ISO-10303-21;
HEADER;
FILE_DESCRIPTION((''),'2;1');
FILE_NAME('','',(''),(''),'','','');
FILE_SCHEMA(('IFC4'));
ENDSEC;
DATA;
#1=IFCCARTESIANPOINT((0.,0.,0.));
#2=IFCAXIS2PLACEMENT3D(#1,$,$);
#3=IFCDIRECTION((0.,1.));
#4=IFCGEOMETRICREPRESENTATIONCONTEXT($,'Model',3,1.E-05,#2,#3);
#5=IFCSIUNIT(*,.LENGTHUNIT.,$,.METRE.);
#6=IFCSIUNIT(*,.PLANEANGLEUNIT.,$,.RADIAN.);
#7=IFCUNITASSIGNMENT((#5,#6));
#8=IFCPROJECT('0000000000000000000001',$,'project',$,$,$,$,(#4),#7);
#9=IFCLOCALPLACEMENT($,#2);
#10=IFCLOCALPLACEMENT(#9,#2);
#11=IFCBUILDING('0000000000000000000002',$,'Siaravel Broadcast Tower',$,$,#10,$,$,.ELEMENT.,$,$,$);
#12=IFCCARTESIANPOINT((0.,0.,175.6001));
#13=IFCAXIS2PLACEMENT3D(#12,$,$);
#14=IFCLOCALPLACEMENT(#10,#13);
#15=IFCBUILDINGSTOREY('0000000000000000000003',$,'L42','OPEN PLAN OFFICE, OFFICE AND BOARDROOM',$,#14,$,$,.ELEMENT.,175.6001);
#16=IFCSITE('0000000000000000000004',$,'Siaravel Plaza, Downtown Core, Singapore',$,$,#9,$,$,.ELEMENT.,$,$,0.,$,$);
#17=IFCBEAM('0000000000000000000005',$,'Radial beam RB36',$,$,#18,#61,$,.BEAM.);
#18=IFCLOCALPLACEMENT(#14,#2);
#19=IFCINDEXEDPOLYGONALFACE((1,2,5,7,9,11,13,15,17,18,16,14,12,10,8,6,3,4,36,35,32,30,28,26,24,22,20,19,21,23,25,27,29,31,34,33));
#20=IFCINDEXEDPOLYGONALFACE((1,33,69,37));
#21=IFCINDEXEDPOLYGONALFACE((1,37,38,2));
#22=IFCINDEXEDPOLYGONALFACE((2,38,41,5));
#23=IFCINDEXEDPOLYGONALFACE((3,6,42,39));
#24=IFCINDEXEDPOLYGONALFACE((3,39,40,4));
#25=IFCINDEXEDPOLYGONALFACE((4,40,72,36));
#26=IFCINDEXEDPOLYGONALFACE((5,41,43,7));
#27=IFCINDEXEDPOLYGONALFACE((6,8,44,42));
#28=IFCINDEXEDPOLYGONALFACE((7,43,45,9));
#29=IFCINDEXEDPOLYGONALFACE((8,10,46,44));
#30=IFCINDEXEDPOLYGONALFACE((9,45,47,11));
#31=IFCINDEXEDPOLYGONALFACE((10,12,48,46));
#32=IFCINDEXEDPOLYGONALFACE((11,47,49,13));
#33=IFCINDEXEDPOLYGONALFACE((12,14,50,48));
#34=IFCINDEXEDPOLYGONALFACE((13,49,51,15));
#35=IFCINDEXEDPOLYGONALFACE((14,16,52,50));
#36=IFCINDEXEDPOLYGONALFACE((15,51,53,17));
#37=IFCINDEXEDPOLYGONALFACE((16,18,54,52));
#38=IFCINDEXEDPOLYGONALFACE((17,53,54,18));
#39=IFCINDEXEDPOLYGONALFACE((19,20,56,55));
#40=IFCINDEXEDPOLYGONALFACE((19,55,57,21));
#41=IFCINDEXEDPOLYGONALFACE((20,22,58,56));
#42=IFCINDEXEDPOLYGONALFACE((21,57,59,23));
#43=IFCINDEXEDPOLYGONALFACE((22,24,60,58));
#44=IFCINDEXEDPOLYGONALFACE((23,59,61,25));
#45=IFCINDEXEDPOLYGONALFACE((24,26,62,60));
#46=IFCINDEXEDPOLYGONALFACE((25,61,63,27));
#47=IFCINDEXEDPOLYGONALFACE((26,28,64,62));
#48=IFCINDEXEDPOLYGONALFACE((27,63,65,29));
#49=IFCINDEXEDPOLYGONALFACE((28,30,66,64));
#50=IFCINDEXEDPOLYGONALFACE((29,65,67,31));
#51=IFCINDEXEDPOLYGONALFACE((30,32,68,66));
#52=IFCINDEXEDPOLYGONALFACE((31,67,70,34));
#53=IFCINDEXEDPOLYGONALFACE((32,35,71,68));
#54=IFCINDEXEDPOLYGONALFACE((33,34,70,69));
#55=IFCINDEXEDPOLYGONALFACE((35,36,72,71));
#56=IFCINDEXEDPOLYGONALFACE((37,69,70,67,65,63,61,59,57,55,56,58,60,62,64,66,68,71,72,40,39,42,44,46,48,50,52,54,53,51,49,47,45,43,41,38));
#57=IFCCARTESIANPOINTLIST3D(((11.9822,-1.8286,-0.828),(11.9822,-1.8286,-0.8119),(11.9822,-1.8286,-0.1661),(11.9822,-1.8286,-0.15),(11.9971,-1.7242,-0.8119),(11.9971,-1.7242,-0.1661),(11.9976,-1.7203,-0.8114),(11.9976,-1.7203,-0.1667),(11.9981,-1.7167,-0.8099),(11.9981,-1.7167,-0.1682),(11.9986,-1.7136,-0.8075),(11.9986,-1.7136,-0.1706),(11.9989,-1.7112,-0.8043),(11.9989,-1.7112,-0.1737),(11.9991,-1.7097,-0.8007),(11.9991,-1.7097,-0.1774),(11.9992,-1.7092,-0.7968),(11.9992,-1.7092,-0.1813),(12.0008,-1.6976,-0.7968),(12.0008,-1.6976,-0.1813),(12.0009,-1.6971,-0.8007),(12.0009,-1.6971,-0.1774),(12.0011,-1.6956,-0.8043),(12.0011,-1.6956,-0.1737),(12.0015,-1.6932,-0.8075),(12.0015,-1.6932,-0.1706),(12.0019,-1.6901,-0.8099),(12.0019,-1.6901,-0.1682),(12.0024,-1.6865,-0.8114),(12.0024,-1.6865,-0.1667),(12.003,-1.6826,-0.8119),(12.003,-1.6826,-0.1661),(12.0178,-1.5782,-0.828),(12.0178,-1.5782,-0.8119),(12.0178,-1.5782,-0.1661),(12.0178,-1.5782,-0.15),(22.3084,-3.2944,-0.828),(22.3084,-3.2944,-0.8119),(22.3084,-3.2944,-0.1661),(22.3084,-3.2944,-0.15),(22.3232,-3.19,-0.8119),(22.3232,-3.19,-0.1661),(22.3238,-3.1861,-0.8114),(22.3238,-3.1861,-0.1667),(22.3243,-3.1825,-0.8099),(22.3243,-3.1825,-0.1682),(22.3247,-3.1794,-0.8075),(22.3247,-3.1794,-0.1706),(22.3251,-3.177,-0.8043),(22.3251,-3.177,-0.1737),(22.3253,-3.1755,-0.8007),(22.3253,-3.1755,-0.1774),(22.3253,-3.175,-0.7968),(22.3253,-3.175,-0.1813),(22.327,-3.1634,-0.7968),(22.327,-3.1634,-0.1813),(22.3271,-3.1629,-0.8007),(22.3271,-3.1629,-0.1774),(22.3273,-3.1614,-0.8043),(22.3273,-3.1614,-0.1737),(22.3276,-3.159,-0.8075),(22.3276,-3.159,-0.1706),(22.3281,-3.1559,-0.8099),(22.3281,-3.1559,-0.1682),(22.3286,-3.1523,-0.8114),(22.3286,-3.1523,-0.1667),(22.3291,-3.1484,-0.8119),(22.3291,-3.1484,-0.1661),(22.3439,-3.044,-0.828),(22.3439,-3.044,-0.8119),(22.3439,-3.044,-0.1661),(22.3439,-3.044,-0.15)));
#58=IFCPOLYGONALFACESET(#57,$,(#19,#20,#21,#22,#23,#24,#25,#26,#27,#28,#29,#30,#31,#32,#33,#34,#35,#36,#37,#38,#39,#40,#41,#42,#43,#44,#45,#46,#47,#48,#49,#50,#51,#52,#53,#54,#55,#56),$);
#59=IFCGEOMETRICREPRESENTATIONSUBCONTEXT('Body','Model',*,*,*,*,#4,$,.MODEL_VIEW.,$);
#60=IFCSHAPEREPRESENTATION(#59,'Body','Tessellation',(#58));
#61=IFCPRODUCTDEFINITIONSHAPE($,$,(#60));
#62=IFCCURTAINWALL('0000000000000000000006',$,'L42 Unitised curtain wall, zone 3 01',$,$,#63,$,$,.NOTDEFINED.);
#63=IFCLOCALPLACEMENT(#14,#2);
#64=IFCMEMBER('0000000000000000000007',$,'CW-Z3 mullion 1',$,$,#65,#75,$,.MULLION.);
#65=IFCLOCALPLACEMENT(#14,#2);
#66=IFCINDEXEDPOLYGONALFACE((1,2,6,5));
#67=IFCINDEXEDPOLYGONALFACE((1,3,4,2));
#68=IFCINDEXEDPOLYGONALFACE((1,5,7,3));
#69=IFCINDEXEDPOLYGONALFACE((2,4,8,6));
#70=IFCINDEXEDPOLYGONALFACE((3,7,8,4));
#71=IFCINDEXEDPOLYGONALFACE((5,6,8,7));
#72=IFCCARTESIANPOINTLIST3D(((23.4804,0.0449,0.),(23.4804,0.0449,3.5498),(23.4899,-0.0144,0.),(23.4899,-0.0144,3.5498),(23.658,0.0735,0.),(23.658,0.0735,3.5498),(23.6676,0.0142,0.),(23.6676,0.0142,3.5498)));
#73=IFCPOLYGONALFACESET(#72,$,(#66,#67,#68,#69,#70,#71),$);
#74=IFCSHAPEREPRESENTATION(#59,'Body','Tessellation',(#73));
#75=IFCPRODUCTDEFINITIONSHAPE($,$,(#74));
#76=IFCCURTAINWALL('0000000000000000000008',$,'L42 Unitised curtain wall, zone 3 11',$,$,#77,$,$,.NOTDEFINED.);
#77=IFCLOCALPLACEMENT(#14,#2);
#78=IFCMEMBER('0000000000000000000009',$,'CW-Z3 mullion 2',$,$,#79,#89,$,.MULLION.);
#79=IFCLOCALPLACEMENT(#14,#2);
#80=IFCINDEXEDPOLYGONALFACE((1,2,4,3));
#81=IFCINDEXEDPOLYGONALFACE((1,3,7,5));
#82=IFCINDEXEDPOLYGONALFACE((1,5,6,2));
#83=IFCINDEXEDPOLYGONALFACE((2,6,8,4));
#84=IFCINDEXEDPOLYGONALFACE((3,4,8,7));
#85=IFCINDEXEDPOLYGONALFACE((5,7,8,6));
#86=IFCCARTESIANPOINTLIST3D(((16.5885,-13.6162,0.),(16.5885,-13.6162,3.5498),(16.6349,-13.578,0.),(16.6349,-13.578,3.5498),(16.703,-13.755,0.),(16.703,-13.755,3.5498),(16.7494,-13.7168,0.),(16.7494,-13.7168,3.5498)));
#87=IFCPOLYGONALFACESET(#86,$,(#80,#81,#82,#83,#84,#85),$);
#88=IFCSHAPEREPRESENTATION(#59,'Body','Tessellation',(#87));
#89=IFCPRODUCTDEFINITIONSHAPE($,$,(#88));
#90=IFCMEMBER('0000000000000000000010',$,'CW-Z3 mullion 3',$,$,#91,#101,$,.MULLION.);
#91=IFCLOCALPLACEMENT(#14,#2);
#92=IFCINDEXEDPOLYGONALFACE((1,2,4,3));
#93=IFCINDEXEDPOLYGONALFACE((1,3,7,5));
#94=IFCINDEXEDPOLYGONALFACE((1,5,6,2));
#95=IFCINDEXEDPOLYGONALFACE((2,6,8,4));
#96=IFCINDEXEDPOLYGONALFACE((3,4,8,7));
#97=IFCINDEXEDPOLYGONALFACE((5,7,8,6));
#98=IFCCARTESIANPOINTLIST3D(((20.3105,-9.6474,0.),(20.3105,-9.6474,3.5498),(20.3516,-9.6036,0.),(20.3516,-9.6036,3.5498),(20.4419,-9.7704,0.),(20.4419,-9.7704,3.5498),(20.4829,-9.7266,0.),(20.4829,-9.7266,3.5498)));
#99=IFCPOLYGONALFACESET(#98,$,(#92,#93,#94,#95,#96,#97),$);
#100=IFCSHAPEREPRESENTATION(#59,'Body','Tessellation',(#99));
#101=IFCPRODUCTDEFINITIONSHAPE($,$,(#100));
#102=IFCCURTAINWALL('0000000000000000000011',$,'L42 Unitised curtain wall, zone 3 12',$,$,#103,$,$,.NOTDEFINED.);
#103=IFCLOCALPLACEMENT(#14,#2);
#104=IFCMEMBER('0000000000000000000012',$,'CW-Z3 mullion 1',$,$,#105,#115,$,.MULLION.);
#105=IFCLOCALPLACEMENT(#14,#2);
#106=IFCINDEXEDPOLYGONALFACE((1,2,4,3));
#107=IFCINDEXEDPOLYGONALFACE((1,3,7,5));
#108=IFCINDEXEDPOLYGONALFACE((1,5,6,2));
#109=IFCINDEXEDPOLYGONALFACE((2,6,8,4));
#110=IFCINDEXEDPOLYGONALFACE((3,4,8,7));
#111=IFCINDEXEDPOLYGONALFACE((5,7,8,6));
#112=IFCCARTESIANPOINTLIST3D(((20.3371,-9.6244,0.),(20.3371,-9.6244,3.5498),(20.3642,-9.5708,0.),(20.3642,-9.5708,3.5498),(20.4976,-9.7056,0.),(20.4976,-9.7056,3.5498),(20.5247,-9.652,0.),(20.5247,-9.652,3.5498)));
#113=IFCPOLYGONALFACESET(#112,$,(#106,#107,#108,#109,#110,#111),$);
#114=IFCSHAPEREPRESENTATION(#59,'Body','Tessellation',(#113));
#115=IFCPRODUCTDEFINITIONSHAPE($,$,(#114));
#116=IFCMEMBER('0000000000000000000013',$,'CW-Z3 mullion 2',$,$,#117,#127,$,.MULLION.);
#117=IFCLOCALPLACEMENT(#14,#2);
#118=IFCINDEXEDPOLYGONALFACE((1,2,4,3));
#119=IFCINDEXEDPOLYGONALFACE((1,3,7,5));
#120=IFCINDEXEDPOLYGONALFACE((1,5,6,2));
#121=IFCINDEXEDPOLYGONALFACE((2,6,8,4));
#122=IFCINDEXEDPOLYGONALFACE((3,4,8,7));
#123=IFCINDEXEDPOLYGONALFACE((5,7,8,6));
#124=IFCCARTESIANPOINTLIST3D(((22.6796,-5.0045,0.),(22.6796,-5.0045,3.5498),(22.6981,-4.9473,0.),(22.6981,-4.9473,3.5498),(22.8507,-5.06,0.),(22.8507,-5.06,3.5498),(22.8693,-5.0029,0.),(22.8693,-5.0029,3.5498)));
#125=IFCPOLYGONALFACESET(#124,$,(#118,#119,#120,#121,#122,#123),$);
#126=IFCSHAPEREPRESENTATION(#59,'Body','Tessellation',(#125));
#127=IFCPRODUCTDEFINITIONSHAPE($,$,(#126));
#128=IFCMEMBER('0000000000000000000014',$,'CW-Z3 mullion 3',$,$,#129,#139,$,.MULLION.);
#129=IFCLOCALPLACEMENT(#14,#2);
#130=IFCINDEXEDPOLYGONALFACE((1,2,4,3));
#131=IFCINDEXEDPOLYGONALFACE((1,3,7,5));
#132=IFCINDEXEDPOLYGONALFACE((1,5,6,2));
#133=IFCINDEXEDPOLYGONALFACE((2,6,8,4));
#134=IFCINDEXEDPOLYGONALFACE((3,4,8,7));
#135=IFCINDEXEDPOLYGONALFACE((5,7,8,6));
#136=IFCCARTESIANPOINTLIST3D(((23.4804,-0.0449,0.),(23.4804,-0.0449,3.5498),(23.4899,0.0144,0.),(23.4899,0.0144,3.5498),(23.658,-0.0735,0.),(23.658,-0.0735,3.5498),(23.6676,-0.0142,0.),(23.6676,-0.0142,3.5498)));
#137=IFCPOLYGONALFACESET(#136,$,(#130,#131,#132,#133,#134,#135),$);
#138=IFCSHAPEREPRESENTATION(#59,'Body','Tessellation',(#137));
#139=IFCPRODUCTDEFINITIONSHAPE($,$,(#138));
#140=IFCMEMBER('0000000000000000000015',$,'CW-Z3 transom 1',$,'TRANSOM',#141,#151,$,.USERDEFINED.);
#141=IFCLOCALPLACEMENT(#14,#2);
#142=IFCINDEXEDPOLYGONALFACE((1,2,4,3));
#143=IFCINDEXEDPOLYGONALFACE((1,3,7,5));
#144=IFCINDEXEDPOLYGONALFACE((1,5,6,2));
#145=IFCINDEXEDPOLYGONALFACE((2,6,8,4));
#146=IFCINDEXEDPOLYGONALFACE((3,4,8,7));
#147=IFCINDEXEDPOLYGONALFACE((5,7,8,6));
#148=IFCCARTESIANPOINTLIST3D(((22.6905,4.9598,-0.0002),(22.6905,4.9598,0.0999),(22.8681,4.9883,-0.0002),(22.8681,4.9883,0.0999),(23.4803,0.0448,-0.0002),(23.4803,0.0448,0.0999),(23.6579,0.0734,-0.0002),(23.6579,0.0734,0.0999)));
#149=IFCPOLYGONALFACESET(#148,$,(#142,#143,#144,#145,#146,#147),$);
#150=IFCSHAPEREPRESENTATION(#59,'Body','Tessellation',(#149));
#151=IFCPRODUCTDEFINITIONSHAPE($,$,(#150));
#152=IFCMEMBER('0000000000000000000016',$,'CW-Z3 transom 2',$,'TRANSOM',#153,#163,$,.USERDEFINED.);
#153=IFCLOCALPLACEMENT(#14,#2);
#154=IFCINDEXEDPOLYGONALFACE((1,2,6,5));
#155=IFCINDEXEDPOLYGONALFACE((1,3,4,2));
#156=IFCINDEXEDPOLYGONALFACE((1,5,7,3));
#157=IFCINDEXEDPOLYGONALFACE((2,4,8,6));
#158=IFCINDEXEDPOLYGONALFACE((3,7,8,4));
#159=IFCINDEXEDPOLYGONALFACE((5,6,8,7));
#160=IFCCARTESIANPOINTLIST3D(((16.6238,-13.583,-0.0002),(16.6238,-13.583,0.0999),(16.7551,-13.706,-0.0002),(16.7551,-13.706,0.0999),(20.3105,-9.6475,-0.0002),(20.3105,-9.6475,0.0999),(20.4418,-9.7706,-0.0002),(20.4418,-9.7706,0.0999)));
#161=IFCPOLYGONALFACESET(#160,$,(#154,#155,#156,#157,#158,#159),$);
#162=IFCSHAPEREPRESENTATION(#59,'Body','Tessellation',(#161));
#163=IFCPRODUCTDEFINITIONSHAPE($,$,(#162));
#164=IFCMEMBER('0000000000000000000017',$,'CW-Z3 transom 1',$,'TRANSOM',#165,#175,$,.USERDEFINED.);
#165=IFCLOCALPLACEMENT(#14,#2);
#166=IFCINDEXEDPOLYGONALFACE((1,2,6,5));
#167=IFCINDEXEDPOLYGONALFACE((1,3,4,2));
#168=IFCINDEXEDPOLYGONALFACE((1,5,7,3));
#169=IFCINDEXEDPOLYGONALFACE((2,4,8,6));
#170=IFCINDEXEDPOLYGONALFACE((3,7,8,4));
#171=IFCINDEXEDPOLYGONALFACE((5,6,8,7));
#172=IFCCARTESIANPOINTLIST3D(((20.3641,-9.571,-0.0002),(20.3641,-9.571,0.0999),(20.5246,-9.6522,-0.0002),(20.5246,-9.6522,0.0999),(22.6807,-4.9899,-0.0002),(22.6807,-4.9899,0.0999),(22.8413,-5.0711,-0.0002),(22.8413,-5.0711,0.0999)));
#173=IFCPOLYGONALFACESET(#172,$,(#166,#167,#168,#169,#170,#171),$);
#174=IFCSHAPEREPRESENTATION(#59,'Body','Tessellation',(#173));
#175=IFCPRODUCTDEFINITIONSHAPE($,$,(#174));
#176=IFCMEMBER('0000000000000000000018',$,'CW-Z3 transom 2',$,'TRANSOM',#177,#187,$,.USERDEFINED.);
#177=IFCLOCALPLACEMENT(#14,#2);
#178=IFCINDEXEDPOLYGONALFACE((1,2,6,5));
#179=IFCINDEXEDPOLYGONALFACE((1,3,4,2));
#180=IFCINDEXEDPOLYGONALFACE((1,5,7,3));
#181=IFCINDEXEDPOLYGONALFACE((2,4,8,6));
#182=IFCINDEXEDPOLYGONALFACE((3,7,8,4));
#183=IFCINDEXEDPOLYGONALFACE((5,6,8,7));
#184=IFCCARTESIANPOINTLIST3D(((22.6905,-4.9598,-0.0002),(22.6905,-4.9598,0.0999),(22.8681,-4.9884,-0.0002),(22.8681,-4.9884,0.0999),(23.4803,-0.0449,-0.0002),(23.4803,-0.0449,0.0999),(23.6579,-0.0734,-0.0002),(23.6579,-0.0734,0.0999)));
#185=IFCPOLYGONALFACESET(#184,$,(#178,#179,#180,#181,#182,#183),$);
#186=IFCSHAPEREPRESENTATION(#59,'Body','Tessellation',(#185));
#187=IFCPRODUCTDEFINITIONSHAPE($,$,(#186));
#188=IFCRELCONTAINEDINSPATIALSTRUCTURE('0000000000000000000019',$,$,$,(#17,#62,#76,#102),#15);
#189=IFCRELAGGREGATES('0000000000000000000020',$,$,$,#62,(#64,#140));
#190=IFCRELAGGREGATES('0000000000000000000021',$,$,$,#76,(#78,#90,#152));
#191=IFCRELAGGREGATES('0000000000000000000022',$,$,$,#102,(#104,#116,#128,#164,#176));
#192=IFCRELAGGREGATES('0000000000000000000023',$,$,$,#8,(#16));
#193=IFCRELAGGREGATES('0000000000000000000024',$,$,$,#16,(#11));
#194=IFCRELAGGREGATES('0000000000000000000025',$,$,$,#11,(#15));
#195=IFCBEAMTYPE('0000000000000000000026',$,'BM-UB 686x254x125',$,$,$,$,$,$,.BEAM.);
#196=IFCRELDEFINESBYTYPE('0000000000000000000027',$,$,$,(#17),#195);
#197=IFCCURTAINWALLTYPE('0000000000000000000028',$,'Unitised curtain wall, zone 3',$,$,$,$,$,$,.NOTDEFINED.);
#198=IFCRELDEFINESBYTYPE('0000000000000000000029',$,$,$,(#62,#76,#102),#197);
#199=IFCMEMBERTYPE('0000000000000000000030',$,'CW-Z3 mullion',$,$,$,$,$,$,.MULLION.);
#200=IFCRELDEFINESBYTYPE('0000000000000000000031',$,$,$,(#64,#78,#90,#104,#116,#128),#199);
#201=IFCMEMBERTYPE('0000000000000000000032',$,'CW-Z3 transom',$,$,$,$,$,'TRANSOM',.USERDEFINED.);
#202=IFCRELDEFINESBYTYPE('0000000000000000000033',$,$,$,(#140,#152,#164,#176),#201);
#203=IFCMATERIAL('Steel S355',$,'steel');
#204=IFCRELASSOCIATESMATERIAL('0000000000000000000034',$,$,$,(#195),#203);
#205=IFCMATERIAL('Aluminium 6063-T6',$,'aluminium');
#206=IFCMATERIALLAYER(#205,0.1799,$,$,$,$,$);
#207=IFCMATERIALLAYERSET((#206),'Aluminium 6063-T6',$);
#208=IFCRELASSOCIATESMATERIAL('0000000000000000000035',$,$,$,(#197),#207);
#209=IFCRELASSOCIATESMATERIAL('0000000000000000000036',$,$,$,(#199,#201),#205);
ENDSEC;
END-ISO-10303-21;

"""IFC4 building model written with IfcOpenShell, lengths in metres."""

from ifc_helpers import new_model, si_unit, direction, frame, origin, origin_2d, place, context, subcontext, project, spatial, rectangle, i_section, extrude, material, layer, layer_set, material_profile, profile_set, type_object, element, aggregate, save


model = new_model("IFC4")

# Units and contexts
model_context = context("Model", 3, precision=1e-05, world=origin(), true_north=direction((0.0, 1.0)))
body_context = subcontext(model_context, "Body", "Model", "MODEL_VIEW")
ifc_project = project(units=[si_unit("LENGTHUNIT", "METRE"), si_unit("PLANEANGLEUNIT", "RADIAN")], contexts=[model_context])

# Site, building, storey
site_placement = place(None, origin())
site = spatial("IfcSite", under=ifc_project, at=site_placement, Name="Siaravel Plaza, Downtown Core, Singapore", CompositionType="ELEMENT", RefElevation=0.0)
building_placement = place(site_placement, origin())
building = spatial("IfcBuilding", under=site, at=building_placement, Name="Siaravel Broadcast Tower", CompositionType="ELEMENT")
storey_placement = place(building_placement, frame((0.0, 0.0, 175.6001)))
storey = spatial("IfcBuildingStorey", under=building, at=storey_placement, Name="L42", Description="OPEN PLAN OFFICE, OFFICE AND BOARDROOM", CompositionType="ELEMENT", Elevation=175.6001)

# Beam
ifc_material_1 = material(Name="Steel S355", Category="steel")
ifc_material_profile_1 = material_profile(ifc_material_1, i_section(OverallWidth=0.2529, OverallDepth=0.678, WebThickness=0.0117, FlangeThickness=0.0161, FilletRadius=0.0151, at=origin_2d()))
ifc_profile_set_1 = profile_set([ifc_material_profile_1], Name="Steel S355")
beam_type = type_object("IfcBeamType", Name="BM-UB 686x254x125", PredefinedType="BEAM", material=ifc_profile_set_1)
beam_1_placement = place(storey_placement, frame((22.3262, -3.1692, -0.489), z_axis=(-0.990075, 0.140543, 0.0), x_axis=(-0.140543, -0.990075, 0.0)))
element("IfcBeam", 1, at=beam_1_placement, inside=storey, type_object=beam_type, Name="Radial beam RB36", PredefinedType="BEAM", context=body_context, shape_type="SweptSolid", body=[
    extrude(i_section(OverallWidth=0.2529, OverallDepth=0.678, WebThickness=0.0117, FlangeThickness=0.0161, FilletRadius=0.0151, at=origin_2d()), origin(), (0.0, 0.0, 1.0), 10.4297),
])

# Curtain wall, member
ifc_material_2 = material(Name="Aluminium 6063-T6", Category="aluminium")
ifc_layer_1 = layer(ifc_material_2, 0.1799)
ifc_layer_set_1 = layer_set([ifc_layer_1], Name="Aluminium 6063-T6")
curtain_wall_type = type_object("IfcCurtainWallType", Name="Unitised curtain wall, zone 3", PredefinedType="NOTDEFINED", material=ifc_layer_set_1)
curtain_wall_1_placement = place(storey_placement, origin())
curtain_wall_1 = element("IfcCurtainWall", 2, at=curtain_wall_1_placement, inside=storey, type_object=curtain_wall_type, Name="L42 Unitised curtain wall, zone 3 01", PredefinedType="NOTDEFINED")
ifc_material_profile_2 = material_profile(ifc_material_2, rectangle(XDim=0.1799, YDim=0.0601, at=origin_2d()))
ifc_profile_set_2 = profile_set([ifc_material_profile_2], Name="Aluminium 6063-T6")
member_type_1 = type_object("IfcMemberType", Name="CW-Z3 mullion", PredefinedType="MULLION", material=ifc_profile_set_2)
member_1_placement = place(storey_placement, frame((23.574, 0.0295, 0.0), z_axis=(0.0, 0.0, 1.0), x_axis=(-0.987329, -0.158686, 0.0)))
member_1 = element("IfcMember", 3, at=member_1_placement, type_object=member_type_1, Name="CW-Z3 mullion 1", PredefinedType="MULLION", context=body_context, shape_type="SweptSolid", body=[
    extrude(rectangle(XDim=0.1799, YDim=0.0601, at=origin_2d()), origin(), (0.0, 0.0, 1.0), 3.5498),
])

# Curtain walls, members
curtain_wall_2_placement = place(storey_placement, origin())
curtain_wall_2 = element("IfcCurtainWall", 4, at=curtain_wall_2_placement, inside=storey, type_object=curtain_wall_type, Name="L42 Unitised curtain wall, zone 3 11", PredefinedType="NOTDEFINED")
member_2_placement = place(storey_placement, frame((16.6689, -13.6665, 0.0), z_axis=(0.0, 0.0, 1.0), x_axis=(-0.636218, 0.771509, 0.0)))
member_2 = element("IfcMember", 5, at=member_2_placement, type_object=member_type_1, Name="CW-Z3 mullion 2", PredefinedType="MULLION", context=body_context, shape_type="SweptSolid", body=[
    extrude(rectangle(XDim=0.1799, YDim=0.0601, at=origin_2d()), origin(), (0.0, 0.0, 1.0), 3.5498),
])
member_3_placement = place(storey_placement, frame((20.3967, -9.687, 0.0), z_axis=(0.0, 0.0, 1.0), x_axis=(-0.729805, 0.683655, 0.0)))
member_3 = element("IfcMember", 6, at=member_3_placement, type_object=member_type_1, Name="CW-Z3 mullion 3", PredefinedType="MULLION", context=body_context, shape_type="SweptSolid", body=[
    extrude(rectangle(XDim=0.1799, YDim=0.0601, at=origin_2d()), origin(), (0.0, 0.0, 1.0), 3.5498),
])
curtain_wall_3_placement = place(storey_placement, origin())
curtain_wall_3 = element("IfcCurtainWall", 7, at=curtain_wall_3_placement, inside=storey, type_object=curtain_wall_type, Name="L42 Unitised curtain wall, zone 3 12", PredefinedType="NOTDEFINED")
member_4_placement = place(storey_placement, frame((20.4309, -9.6382, 0.0), z_axis=(0.0, 0.0, 1.0), x_axis=(-0.892392, 0.451261, 0.0)))
member_4 = element("IfcMember", 8, at=member_4_placement, type_object=member_type_1, Name="CW-Z3 mullion 1", PredefinedType="MULLION", context=body_context, shape_type="SweptSolid", body=[
    extrude(rectangle(XDim=0.1799, YDim=0.0601, at=origin_2d()), origin(), (0.0, 0.0, 1.0), 3.5498),
])
member_5_placement = place(storey_placement, frame((22.7744, -5.0037, 0.0), z_axis=(0.0, 0.0, 1.0), x_axis=(-0.951177, 0.308646, 0.0)))
member_5 = element("IfcMember", 9, at=member_5_placement, type_object=member_type_1, Name="CW-Z3 mullion 2", PredefinedType="MULLION", context=body_context, shape_type="SweptSolid", body=[
    extrude(rectangle(XDim=0.1799, YDim=0.0601, at=origin_2d()), origin(), (0.0, 0.0, 1.0), 3.5498),
])
member_6_placement = place(storey_placement, frame((23.574, -0.0295, 0.0), z_axis=(0.0, 0.0, 1.0), x_axis=(-0.987329, 0.158686, 0.0)))
member_6 = element("IfcMember", 10, at=member_6_placement, type_object=member_type_1, Name="CW-Z3 mullion 3", PredefinedType="MULLION", context=body_context, shape_type="SweptSolid", body=[
    extrude(rectangle(XDim=0.1799, YDim=0.0601, at=origin_2d()), origin(), (0.0, 0.0, 1.0), 3.5498),
])

# Members
ifc_material_profile_3 = material_profile(ifc_material_2, rectangle(XDim=0.1799, YDim=0.1001, at=origin_2d()))
ifc_profile_set_3 = profile_set([ifc_material_profile_3], Name="Aluminium 6063-T6")
member_type_2 = type_object("IfcMemberType", Name="CW-Z3 transom", ElementType="TRANSOM", PredefinedType="USERDEFINED", material=ifc_profile_set_3)
member_7_placement = place(storey_placement, frame((23.5691, 0.0591, 0.0498), z_axis=(-0.158654, 0.987334, 0.0), x_axis=(-0.987334, -0.158654, 0.0)))
member_7 = element("IfcMember", 11, at=member_7_placement, type_object=member_type_2, Name="CW-Z3 transom 1", ObjectType="TRANSOM", PredefinedType="USERDEFINED", context=body_context, shape_type="SweptSolid", body=[
    extrude(rectangle(XDim=0.1799, YDim=0.1001, at=origin_2d()), origin(), (0.0, 0.0, 1.0), 4.978),
])
aggregate(curtain_wall_1, [member_1, member_7])
member_8_placement = place(storey_placement, frame((16.6895, -13.6445, 0.0498), z_axis=(0.683664, 0.729797, 0.0), x_axis=(-0.729797, 0.683664, 0.0)))
member_8 = element("IfcMember", 12, at=member_8_placement, type_object=member_type_2, Name="CW-Z3 transom 2", ObjectType="TRANSOM", PredefinedType="USERDEFINED", context=body_context, shape_type="SweptSolid", body=[
    extrude(rectangle(XDim=0.1799, YDim=0.1001, at=origin_2d()), origin(), (0.0, 0.0, 1.0), 5.3926),
])
member_9_placement = place(storey_placement, frame((20.4443, -9.6116, 0.0498), z_axis=(0.45128, 0.892382, 0.0), x_axis=(-0.892382, 0.45128, 0.0)))
member_9 = element("IfcMember", 13, at=member_9_placement, type_object=member_type_2, Name="CW-Z3 transom 1", ObjectType="TRANSOM", PredefinedType="USERDEFINED", context=body_context, shape_type="SweptSolid", body=[
    extrude(rectangle(XDim=0.1799, YDim=0.1001, at=origin_2d()), origin(), (0.0, 0.0, 1.0), 5.1335),
])
member_10_placement = place(storey_placement, frame((22.7793, -4.9741, 0.0498), z_axis=(0.158654, 0.987334, 0.0), x_axis=(-0.987334, 0.158654, 0.0)))
member_10 = element("IfcMember", 14, at=member_10_placement, type_object=member_type_2, Name="CW-Z3 transom 2", ObjectType="TRANSOM", PredefinedType="USERDEFINED", context=body_context, shape_type="SweptSolid", body=[
    extrude(rectangle(XDim=0.1799, YDim=0.1001, at=origin_2d()), origin(), (0.0, 0.0, 1.0), 4.978),
])

aggregate(curtain_wall_2, [member_2, member_3, member_8])
aggregate(curtain_wall_3, [member_4, member_5, member_6, member_9, member_10])

save(model, "model.ifc")
